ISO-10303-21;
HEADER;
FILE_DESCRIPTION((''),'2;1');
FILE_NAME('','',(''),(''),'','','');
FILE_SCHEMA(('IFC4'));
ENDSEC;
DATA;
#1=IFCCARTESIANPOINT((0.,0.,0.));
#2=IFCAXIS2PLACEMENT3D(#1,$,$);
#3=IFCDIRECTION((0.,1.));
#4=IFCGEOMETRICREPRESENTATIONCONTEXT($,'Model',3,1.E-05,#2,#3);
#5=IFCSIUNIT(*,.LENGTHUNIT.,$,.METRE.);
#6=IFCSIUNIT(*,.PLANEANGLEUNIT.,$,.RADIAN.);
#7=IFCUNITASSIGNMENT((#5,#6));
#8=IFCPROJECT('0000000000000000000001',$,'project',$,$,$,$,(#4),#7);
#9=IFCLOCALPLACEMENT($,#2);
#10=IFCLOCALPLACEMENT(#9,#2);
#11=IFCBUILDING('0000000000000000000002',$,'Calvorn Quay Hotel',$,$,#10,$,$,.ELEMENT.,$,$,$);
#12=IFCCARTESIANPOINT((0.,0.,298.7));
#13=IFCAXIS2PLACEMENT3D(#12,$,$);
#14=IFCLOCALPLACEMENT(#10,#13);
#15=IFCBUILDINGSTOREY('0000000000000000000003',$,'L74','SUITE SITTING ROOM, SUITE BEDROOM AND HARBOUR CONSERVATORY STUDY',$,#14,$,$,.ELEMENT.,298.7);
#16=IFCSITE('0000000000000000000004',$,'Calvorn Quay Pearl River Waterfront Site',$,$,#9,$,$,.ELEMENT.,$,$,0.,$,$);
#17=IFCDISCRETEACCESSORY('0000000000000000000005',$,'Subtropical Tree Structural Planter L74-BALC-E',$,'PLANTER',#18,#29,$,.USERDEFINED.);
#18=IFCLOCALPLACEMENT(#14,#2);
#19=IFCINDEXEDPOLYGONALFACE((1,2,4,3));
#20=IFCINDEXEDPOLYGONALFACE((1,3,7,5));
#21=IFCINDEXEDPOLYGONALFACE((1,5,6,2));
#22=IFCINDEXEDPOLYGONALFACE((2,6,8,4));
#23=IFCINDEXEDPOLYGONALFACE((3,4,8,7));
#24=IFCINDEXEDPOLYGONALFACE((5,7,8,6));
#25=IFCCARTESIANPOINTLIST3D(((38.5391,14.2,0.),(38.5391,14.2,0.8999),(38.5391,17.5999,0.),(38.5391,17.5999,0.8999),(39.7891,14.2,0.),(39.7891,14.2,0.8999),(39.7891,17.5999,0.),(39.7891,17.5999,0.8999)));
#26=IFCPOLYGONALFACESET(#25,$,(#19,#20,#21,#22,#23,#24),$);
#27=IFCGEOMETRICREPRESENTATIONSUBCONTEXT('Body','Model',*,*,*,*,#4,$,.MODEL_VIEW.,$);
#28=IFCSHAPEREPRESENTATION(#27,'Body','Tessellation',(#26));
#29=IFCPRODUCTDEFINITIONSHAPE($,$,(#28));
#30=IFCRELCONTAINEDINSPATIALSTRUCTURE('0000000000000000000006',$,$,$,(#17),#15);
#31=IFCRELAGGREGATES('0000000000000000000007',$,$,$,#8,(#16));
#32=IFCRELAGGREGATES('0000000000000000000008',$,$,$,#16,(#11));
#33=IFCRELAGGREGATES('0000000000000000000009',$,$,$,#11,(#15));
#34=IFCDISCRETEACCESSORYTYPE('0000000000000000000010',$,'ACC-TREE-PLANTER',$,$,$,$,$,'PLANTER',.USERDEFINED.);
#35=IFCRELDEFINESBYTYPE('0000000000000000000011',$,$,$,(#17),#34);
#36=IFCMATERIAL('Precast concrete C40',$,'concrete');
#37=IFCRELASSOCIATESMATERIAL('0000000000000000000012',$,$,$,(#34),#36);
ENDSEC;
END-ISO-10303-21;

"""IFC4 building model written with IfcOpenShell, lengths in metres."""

from ifc_helpers import new_model, si_unit, direction, frame, origin, origin_2d, place, context, subcontext, project, spatial, rectangle, extrude, material, type_object, element, save


model = new_model("IFC4")

# Units and contexts
model_context = context("Model", 3, precision=1e-05, world=origin(), true_north=direction((0.0, 1.0)))
body_context = subcontext(model_context, "Body", "Model", "MODEL_VIEW")
ifc_project = project(units=[si_unit("LENGTHUNIT", "METRE"), si_unit("PLANEANGLEUNIT", "RADIAN")], contexts=[model_context])

# Site, building, storey
site_placement = place(None, origin())
site = spatial("IfcSite", under=ifc_project, at=site_placement, Name="Calvorn Quay Pearl River Waterfront Site", CompositionType="ELEMENT", RefElevation=0.0)
building_placement = place(site_placement, origin())
building = spatial("IfcBuilding", under=site, at=building_placement, Name="Calvorn Quay Hotel", CompositionType="ELEMENT")
storey_placement = place(building_placement, frame((0.0, 0.0, 298.7)))
storey = spatial("IfcBuildingStorey", under=building, at=storey_placement, Name="L74", Description="SUITE SITTING ROOM, SUITE BEDROOM AND HARBOUR CONSERVATORY STUDY", CompositionType="ELEMENT", Elevation=298.7)

# Discrete accessory
ifc_material_1 = material(Name="Precast concrete C40", Category="concrete")
discrete_accessory_type_1 = type_object("IfcDiscreteAccessoryType", Name="ACC-TREE-PLANTER", ElementType="PLANTER", PredefinedType="USERDEFINED", material=ifc_material_1)
discrete_accessory_1_placement = place(storey_placement, frame((39.1641, 15.8999, 0.0), z_axis=(0.0, 0.0, 1.0), x_axis=(1.0, 0.0, 0.0)))
element("IfcDiscreteAccessory", 1, at=discrete_accessory_1_placement, inside=storey, type_object=discrete_accessory_type_1, Name="Subtropical Tree Structural Planter L74-BALC-E", ObjectType="PLANTER", PredefinedType="USERDEFINED", context=body_context, shape_type="SweptSolid", body=[
    extrude(rectangle(XDim=1.25, YDim=3.3999, at=origin_2d()), origin(), (0.0, 0.0, 1.0), 0.8999),
])

save(model, "model.ifc")
